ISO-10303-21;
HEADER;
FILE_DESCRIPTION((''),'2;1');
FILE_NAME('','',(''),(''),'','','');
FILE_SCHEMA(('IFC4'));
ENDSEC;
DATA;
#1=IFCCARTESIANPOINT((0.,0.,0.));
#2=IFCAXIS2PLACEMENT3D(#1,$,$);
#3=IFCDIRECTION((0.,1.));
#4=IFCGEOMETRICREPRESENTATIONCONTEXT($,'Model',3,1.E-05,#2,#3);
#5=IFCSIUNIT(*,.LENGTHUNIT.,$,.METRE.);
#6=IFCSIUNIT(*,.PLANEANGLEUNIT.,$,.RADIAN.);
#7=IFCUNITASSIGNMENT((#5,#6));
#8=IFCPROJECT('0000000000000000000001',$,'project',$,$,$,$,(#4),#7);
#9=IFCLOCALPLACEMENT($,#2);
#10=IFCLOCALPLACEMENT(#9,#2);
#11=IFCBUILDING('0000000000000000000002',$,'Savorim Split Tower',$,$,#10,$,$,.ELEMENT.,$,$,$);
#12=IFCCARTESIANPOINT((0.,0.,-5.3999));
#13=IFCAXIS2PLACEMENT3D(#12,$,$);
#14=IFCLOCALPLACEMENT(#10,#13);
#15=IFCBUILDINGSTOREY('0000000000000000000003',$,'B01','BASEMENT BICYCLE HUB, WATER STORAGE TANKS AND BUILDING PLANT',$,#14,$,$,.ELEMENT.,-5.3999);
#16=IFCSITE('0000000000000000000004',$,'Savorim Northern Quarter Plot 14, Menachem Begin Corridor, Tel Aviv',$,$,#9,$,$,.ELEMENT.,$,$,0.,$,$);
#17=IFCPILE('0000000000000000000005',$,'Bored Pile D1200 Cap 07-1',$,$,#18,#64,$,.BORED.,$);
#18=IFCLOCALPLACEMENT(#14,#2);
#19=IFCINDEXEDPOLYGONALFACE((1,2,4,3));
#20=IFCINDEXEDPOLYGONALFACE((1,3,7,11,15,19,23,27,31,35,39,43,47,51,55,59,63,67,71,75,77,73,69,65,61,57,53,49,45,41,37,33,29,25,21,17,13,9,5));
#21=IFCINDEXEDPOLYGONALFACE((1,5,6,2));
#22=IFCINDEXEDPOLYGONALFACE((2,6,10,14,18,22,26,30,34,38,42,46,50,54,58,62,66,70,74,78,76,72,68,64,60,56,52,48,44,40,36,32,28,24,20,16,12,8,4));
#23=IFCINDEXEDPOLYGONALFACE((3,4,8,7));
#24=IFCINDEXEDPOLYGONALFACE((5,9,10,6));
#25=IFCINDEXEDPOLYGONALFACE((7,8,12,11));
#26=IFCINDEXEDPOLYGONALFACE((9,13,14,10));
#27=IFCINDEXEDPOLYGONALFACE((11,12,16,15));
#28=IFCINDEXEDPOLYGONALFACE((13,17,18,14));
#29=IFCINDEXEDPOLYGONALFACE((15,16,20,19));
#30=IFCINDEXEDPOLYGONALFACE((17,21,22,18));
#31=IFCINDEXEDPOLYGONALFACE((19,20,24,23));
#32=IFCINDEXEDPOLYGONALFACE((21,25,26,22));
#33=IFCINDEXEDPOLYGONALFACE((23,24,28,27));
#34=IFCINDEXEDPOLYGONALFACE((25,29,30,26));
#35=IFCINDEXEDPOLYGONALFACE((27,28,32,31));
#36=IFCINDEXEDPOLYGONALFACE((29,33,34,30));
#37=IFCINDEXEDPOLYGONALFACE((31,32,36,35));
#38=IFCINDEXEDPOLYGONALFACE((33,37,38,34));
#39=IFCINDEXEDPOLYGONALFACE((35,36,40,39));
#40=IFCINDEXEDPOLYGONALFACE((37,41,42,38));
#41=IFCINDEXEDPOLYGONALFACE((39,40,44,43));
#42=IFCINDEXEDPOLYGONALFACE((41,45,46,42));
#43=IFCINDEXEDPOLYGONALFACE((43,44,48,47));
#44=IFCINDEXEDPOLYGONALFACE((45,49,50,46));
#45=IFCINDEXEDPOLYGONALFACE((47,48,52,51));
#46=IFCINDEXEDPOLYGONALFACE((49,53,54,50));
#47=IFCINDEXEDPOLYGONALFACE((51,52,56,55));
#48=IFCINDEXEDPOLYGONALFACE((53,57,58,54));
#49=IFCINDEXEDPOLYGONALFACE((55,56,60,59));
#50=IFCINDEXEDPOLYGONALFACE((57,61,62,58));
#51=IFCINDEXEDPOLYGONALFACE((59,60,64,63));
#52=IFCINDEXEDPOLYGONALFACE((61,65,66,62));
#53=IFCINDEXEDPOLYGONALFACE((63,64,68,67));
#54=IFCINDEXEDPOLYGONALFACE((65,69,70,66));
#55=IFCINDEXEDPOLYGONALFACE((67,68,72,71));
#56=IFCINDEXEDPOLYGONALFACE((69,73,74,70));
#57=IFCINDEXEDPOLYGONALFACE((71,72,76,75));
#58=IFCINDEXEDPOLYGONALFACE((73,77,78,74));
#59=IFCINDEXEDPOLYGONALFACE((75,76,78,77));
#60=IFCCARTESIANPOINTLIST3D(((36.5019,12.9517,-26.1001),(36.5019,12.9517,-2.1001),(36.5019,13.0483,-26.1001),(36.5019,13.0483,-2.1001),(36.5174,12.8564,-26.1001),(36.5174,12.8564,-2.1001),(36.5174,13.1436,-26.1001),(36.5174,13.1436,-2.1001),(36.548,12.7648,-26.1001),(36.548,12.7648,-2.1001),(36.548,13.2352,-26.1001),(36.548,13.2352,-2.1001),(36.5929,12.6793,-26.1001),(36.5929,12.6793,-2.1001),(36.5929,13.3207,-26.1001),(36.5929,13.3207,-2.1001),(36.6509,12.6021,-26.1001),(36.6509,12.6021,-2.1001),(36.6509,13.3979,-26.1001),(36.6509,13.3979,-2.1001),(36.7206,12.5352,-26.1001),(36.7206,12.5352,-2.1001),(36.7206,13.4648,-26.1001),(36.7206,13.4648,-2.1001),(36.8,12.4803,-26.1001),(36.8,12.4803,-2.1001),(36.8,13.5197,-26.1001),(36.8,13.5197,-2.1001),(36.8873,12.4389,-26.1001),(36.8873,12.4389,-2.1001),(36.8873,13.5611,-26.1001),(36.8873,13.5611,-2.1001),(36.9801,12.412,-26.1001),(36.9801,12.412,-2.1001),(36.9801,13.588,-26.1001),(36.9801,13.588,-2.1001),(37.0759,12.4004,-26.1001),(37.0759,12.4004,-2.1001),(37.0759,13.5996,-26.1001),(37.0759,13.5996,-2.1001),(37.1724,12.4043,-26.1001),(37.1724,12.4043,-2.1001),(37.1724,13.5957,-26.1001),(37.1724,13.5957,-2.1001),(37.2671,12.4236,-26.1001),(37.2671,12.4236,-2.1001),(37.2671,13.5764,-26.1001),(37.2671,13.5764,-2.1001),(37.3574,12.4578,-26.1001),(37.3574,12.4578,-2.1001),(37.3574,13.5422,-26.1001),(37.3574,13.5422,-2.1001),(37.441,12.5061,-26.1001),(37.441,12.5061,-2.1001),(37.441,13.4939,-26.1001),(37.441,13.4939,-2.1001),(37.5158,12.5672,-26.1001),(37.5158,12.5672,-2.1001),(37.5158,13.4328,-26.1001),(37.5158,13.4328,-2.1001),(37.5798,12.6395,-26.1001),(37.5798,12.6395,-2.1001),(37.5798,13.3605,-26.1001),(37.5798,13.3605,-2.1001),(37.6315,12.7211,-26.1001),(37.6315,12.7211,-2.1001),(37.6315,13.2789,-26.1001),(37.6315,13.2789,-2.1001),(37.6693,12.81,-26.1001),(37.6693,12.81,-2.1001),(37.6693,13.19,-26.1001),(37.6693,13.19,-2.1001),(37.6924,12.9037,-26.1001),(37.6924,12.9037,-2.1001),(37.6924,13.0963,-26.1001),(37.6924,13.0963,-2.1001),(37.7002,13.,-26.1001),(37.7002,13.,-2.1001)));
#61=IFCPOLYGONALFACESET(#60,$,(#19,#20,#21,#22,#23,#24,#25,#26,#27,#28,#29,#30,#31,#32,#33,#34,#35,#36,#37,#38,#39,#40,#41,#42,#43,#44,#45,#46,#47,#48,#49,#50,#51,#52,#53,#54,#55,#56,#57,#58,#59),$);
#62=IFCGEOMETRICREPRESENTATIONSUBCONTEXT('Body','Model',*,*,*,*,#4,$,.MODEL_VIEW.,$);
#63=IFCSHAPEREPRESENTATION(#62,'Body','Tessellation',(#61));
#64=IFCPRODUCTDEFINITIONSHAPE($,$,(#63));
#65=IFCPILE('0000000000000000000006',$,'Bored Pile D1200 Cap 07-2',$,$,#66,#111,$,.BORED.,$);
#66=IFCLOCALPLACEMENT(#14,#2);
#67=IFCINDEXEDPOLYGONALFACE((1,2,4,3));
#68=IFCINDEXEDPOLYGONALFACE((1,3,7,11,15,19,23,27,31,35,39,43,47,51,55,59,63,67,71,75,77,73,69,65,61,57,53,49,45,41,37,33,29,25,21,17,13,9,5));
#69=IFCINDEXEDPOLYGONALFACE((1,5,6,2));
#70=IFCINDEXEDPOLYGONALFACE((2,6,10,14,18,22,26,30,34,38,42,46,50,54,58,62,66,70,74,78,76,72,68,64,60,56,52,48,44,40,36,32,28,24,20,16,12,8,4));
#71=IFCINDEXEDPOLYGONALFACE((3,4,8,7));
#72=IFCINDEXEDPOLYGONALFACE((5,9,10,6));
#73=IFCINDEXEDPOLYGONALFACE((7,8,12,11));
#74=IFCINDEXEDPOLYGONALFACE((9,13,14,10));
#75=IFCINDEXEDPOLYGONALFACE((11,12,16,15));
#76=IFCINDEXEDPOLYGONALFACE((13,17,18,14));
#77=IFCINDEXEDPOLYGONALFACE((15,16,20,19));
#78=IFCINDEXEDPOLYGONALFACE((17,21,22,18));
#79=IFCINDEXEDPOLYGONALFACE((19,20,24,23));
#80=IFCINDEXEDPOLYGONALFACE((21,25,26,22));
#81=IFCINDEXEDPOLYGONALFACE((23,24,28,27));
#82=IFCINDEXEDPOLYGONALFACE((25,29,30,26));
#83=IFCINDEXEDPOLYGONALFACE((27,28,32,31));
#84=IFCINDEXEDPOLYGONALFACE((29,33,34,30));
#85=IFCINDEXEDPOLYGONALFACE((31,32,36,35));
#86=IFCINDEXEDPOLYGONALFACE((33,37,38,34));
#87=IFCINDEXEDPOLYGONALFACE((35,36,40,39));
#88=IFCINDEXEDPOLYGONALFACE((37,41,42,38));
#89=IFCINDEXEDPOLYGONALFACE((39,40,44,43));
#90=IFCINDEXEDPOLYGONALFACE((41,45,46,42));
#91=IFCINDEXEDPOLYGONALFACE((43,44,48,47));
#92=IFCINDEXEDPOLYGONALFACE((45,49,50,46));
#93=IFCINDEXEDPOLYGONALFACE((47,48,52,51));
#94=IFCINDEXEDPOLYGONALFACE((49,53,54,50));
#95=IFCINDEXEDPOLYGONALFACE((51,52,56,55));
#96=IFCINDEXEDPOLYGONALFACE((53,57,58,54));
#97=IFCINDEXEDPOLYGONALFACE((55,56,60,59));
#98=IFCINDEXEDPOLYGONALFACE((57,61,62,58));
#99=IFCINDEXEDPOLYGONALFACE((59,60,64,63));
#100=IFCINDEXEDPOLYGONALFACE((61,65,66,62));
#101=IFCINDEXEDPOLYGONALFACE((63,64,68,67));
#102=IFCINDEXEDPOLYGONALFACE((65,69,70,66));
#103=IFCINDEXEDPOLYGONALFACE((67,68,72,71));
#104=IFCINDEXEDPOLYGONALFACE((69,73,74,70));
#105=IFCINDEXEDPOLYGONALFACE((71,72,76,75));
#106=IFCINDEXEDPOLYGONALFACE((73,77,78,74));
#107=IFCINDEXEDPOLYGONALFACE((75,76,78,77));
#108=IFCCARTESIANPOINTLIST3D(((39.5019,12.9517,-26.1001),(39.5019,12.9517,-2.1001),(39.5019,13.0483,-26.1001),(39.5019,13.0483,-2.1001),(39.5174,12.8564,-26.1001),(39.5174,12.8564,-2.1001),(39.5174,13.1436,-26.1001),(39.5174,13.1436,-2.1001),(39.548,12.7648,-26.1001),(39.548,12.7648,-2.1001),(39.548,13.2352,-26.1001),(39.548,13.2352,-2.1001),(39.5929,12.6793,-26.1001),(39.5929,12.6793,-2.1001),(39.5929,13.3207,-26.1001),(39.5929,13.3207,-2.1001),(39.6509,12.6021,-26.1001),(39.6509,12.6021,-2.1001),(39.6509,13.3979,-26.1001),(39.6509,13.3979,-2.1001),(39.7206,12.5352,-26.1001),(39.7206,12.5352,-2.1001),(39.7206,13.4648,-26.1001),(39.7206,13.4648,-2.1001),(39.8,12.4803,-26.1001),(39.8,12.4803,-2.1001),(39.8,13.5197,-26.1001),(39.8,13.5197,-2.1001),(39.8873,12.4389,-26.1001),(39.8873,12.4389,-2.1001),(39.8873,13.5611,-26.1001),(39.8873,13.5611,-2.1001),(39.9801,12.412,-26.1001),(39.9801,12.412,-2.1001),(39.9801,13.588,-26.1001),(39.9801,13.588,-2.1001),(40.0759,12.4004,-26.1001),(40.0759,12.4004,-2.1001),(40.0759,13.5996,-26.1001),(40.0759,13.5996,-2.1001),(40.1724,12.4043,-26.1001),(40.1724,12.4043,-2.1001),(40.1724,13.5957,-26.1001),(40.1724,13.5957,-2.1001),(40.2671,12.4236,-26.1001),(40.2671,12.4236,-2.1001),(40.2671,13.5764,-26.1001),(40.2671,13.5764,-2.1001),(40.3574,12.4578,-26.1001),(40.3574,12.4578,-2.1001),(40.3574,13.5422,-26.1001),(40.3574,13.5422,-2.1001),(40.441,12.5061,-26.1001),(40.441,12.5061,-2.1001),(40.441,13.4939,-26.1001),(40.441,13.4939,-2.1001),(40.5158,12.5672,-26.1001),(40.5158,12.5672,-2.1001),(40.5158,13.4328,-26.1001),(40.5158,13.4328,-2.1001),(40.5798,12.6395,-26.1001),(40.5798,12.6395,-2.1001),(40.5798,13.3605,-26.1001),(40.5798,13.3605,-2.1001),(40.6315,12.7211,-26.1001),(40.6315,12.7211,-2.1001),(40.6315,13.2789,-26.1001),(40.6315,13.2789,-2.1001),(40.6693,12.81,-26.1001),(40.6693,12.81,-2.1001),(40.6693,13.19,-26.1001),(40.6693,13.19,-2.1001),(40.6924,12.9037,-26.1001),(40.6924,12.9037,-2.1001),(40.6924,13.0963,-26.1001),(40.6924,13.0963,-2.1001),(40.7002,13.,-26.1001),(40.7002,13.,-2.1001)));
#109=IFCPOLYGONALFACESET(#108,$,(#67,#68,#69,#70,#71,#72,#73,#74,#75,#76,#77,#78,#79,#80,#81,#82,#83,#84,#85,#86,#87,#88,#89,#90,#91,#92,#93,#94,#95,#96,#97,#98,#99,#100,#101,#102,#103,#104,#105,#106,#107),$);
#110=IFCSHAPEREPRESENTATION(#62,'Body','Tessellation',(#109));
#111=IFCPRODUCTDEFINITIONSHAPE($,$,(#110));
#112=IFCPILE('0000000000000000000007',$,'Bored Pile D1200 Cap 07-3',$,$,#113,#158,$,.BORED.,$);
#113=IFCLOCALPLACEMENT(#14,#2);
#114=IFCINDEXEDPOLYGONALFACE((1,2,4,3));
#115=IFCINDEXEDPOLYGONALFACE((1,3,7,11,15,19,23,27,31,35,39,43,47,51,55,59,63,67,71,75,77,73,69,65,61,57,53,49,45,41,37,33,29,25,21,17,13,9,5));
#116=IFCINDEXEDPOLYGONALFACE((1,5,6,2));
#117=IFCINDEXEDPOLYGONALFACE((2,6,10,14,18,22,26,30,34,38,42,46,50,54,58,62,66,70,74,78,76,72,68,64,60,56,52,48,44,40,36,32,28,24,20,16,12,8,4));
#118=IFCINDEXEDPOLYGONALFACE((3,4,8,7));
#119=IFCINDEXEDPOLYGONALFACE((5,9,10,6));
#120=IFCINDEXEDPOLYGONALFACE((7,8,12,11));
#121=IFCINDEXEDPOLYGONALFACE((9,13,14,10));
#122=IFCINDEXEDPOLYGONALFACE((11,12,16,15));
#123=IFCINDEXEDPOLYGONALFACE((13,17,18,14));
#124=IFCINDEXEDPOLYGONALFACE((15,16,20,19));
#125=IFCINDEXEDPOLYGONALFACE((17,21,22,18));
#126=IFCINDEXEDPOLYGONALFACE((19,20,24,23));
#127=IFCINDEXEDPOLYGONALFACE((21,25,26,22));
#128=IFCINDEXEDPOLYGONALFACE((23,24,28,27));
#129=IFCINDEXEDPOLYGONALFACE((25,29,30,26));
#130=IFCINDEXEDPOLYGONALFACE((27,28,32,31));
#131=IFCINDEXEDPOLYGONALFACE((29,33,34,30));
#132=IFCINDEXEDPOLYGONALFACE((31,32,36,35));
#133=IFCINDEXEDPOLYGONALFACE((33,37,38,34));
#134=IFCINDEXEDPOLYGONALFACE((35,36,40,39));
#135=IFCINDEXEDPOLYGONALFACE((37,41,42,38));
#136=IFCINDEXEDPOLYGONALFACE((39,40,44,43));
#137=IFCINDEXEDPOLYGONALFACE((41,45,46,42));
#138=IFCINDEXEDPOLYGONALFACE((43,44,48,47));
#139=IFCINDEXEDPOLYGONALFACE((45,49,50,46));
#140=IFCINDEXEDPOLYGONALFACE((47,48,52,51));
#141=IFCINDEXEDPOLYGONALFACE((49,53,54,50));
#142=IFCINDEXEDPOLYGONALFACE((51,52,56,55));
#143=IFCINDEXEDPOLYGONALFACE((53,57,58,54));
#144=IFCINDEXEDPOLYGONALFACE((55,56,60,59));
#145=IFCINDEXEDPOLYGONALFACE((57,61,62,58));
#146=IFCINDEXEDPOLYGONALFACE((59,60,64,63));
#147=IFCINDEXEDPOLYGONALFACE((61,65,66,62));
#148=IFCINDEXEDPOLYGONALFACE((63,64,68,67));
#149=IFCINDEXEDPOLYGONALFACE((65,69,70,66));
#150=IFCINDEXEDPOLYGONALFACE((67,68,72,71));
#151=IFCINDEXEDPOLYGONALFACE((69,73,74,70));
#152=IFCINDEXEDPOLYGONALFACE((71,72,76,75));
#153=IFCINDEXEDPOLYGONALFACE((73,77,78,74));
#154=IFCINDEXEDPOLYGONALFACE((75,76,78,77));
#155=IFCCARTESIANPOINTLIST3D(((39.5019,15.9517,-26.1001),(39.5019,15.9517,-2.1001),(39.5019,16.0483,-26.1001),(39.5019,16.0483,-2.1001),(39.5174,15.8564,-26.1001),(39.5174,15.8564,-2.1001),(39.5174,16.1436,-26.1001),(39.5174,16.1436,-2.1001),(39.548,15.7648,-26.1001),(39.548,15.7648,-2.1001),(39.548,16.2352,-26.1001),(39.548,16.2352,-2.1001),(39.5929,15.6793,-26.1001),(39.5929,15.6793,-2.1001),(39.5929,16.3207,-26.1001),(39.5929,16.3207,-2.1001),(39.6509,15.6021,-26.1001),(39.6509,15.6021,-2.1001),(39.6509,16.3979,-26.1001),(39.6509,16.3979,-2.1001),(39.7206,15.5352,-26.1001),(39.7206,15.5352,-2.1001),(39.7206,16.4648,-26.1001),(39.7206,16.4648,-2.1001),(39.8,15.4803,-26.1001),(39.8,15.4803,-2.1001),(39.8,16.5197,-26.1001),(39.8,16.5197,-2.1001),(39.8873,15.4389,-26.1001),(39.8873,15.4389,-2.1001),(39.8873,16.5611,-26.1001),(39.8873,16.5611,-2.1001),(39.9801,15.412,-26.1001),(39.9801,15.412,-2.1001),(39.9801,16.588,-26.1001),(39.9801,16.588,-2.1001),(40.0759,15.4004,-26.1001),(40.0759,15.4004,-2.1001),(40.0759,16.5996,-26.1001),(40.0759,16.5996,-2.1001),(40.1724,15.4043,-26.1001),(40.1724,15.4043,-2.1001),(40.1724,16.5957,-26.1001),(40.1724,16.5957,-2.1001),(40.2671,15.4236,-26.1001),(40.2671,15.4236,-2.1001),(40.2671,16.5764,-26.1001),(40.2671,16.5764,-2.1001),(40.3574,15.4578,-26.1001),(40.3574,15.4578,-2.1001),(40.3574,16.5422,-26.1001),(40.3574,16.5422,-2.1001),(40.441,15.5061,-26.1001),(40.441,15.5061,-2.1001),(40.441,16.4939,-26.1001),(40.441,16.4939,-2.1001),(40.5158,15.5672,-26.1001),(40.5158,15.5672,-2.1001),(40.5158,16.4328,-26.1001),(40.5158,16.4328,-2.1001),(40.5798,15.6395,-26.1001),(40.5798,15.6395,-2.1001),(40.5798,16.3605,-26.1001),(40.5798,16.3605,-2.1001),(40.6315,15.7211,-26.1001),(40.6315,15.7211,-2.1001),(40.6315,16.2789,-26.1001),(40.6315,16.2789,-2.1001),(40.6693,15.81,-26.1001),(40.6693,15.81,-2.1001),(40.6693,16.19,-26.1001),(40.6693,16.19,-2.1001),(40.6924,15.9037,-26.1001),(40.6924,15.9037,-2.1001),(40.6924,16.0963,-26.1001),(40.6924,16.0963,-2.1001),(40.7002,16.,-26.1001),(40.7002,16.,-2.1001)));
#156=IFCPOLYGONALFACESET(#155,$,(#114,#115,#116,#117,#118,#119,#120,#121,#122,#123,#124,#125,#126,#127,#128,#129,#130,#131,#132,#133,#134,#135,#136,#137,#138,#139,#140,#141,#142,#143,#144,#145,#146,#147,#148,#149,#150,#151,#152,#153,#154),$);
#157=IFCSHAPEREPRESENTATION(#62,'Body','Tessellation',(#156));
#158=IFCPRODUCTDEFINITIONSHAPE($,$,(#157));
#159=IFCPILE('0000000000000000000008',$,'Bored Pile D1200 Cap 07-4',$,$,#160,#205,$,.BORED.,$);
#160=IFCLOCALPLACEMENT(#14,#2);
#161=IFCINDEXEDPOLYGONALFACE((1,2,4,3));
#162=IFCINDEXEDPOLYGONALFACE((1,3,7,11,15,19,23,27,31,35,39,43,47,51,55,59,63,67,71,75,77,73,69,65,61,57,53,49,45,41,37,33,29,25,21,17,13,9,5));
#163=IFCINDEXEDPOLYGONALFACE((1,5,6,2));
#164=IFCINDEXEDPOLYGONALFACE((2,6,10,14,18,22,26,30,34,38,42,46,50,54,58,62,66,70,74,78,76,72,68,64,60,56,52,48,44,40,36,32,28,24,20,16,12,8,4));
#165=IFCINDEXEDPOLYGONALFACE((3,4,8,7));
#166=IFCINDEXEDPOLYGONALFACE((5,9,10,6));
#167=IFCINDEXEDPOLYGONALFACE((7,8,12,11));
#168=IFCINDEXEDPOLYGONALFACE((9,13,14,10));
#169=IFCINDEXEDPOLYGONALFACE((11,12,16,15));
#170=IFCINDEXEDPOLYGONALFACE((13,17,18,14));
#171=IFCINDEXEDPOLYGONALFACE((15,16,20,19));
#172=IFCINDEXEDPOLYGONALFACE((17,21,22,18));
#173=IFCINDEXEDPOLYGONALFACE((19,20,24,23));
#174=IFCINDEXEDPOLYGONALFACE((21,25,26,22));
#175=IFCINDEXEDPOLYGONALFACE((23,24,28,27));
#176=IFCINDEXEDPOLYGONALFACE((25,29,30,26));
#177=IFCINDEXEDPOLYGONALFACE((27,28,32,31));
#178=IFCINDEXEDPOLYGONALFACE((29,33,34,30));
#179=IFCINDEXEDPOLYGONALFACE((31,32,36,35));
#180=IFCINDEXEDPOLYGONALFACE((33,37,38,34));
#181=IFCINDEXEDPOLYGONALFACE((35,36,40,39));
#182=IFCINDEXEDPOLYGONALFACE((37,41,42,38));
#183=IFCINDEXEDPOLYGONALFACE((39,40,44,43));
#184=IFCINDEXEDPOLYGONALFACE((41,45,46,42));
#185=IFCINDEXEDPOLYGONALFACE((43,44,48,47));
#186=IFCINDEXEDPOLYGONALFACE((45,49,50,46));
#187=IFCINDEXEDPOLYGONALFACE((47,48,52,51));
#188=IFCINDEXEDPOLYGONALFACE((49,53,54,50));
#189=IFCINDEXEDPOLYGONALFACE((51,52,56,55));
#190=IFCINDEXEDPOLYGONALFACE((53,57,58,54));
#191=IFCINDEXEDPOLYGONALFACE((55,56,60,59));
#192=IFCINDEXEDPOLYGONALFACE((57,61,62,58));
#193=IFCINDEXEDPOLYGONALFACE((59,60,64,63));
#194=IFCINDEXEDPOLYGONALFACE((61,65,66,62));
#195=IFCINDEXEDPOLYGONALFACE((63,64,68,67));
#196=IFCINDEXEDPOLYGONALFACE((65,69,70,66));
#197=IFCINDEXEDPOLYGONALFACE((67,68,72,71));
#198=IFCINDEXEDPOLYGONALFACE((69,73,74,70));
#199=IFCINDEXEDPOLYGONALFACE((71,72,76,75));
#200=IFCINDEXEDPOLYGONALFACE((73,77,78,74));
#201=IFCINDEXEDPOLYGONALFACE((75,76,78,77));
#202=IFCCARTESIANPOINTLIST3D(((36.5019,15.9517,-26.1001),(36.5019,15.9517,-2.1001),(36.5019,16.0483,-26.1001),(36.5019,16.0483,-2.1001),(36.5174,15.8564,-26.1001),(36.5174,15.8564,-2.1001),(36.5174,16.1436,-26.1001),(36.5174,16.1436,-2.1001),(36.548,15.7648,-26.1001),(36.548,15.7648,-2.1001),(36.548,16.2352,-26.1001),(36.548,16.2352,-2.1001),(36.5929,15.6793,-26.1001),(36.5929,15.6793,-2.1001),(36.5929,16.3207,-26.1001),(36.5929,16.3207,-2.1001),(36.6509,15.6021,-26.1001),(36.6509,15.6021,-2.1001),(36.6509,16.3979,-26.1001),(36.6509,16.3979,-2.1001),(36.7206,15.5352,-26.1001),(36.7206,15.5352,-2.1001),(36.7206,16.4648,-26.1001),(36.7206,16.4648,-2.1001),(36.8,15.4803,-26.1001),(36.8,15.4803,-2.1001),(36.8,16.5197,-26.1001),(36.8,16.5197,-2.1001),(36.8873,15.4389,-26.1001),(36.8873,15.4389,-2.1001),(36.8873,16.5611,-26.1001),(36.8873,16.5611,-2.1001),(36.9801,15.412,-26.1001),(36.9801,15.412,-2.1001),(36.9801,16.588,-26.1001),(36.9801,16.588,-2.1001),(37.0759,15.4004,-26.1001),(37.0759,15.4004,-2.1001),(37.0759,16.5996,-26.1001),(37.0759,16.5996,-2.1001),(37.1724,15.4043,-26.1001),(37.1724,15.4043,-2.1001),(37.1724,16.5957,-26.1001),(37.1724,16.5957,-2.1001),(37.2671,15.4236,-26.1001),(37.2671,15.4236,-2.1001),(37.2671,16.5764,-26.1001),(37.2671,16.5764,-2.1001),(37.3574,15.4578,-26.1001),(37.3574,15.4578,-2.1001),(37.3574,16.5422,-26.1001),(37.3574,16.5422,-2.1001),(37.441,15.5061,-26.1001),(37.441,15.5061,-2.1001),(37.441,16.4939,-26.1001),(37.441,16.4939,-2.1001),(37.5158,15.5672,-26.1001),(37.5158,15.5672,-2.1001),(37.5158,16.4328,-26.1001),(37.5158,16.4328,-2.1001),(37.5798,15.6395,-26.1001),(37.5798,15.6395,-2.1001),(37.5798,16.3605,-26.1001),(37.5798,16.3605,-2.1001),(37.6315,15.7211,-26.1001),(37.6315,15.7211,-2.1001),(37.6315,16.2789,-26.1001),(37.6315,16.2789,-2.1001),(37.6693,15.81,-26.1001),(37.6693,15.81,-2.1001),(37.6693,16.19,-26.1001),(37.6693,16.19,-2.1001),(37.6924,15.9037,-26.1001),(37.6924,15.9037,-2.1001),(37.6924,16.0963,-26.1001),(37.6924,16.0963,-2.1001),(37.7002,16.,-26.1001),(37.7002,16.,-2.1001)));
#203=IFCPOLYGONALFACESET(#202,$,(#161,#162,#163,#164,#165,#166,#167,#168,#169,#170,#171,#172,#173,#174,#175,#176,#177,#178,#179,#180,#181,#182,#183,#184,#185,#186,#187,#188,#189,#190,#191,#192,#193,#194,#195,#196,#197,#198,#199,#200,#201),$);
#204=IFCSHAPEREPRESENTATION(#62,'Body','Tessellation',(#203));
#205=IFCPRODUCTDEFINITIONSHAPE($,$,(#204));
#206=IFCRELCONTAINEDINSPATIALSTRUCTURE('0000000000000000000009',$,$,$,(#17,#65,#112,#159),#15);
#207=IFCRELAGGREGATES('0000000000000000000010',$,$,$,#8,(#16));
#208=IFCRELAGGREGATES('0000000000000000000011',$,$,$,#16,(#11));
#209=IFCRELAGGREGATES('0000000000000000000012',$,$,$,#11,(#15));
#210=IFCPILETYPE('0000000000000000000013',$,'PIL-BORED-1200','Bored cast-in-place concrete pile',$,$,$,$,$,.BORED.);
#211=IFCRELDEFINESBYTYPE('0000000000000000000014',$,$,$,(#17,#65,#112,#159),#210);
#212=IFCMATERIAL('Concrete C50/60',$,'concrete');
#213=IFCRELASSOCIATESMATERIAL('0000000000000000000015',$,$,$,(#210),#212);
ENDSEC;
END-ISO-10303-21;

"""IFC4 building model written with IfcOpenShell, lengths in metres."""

from ifc_helpers import new_model, si_unit, direction, frame, origin, origin_2d, place, context, subcontext, project, spatial, circle, extrude, material, material_profile, profile_set, type_object, element, save


model = new_model("IFC4")

# Units and contexts
model_context = context("Model", 3, precision=1e-05, world=origin(), true_north=direction((0.0, 1.0)))
body_context = subcontext(model_context, "Body", "Model", "MODEL_VIEW")
ifc_project = project(units=[si_unit("LENGTHUNIT", "METRE"), si_unit("PLANEANGLEUNIT", "RADIAN")], contexts=[model_context])

# Site, building, storey
site_placement = place(None, origin())
site = spatial("IfcSite", under=ifc_project, at=site_placement, Name="Savorim Northern Quarter Plot 14, Menachem Begin Corridor, Tel Aviv", CompositionType="ELEMENT", RefElevation=0.0)
building_placement = place(site_placement, origin())
building = spatial("IfcBuilding", under=site, at=building_placement, Name="Savorim Split Tower", CompositionType="ELEMENT")
storey_placement = place(building_placement, frame((0.0, 0.0, -5.3999)))
storey = spatial("IfcBuildingStorey", under=building, at=storey_placement, Name="B01", Description="BASEMENT BICYCLE HUB, WATER STORAGE TANKS AND BUILDING PLANT", CompositionType="ELEMENT", Elevation=-5.3999)

# Shared definitions
ifc_material_1 = material(Name="Concrete C50/60", Category="concrete")

# Piles
ifc_material_profile_1 = material_profile(ifc_material_1, circle(Radius=0.6001, at=origin_2d()), Name="PILE D1200")
ifc_profile_set_1 = profile_set([ifc_material_profile_1], Name="Concrete C50/60")
pile_type = type_object("IfcPileType", Name="PIL-BORED-1200", Description="Bored cast-in-place concrete pile", PredefinedType="BORED", material=ifc_profile_set_1)
for number, where, z_axis, x_axis, name in (
    (1, (37.1001, 13.0, -2.1001), (0.0, 0.0, -1.0), (1.0, 0.0, 0.0), "Bored Pile D1200 Cap 07-1"),
    (2, (40.1001, 13.0, -2.1001), (0.0, 0.0, -1.0), (1.0, 0.0, 0.0), "Bored Pile D1200 Cap 07-2"),
    (3, (40.1001, 16.0, -2.1001), (0.0, 0.0, -1.0), (1.0, 0.0, 0.0), "Bored Pile D1200 Cap 07-3"),
    (4, (37.1001, 16.0, -2.1001), (0.0, 0.0, -1.0), (1.0, 0.0, 0.0), "Bored Pile D1200 Cap 07-4"),
):
    element("IfcPile", number, at=place(storey_placement, frame(where, z_axis=z_axis, x_axis=x_axis)), inside=storey, type_object=pile_type, Name=name, PredefinedType="BORED", context=body_context, shape_type="SweptSolid", body=[
        extrude(circle(Radius=0.6001, at=origin_2d()), origin(), (0.0, 0.0, 1.0), 24.0),
    ])

save(model, "model.ifc")
